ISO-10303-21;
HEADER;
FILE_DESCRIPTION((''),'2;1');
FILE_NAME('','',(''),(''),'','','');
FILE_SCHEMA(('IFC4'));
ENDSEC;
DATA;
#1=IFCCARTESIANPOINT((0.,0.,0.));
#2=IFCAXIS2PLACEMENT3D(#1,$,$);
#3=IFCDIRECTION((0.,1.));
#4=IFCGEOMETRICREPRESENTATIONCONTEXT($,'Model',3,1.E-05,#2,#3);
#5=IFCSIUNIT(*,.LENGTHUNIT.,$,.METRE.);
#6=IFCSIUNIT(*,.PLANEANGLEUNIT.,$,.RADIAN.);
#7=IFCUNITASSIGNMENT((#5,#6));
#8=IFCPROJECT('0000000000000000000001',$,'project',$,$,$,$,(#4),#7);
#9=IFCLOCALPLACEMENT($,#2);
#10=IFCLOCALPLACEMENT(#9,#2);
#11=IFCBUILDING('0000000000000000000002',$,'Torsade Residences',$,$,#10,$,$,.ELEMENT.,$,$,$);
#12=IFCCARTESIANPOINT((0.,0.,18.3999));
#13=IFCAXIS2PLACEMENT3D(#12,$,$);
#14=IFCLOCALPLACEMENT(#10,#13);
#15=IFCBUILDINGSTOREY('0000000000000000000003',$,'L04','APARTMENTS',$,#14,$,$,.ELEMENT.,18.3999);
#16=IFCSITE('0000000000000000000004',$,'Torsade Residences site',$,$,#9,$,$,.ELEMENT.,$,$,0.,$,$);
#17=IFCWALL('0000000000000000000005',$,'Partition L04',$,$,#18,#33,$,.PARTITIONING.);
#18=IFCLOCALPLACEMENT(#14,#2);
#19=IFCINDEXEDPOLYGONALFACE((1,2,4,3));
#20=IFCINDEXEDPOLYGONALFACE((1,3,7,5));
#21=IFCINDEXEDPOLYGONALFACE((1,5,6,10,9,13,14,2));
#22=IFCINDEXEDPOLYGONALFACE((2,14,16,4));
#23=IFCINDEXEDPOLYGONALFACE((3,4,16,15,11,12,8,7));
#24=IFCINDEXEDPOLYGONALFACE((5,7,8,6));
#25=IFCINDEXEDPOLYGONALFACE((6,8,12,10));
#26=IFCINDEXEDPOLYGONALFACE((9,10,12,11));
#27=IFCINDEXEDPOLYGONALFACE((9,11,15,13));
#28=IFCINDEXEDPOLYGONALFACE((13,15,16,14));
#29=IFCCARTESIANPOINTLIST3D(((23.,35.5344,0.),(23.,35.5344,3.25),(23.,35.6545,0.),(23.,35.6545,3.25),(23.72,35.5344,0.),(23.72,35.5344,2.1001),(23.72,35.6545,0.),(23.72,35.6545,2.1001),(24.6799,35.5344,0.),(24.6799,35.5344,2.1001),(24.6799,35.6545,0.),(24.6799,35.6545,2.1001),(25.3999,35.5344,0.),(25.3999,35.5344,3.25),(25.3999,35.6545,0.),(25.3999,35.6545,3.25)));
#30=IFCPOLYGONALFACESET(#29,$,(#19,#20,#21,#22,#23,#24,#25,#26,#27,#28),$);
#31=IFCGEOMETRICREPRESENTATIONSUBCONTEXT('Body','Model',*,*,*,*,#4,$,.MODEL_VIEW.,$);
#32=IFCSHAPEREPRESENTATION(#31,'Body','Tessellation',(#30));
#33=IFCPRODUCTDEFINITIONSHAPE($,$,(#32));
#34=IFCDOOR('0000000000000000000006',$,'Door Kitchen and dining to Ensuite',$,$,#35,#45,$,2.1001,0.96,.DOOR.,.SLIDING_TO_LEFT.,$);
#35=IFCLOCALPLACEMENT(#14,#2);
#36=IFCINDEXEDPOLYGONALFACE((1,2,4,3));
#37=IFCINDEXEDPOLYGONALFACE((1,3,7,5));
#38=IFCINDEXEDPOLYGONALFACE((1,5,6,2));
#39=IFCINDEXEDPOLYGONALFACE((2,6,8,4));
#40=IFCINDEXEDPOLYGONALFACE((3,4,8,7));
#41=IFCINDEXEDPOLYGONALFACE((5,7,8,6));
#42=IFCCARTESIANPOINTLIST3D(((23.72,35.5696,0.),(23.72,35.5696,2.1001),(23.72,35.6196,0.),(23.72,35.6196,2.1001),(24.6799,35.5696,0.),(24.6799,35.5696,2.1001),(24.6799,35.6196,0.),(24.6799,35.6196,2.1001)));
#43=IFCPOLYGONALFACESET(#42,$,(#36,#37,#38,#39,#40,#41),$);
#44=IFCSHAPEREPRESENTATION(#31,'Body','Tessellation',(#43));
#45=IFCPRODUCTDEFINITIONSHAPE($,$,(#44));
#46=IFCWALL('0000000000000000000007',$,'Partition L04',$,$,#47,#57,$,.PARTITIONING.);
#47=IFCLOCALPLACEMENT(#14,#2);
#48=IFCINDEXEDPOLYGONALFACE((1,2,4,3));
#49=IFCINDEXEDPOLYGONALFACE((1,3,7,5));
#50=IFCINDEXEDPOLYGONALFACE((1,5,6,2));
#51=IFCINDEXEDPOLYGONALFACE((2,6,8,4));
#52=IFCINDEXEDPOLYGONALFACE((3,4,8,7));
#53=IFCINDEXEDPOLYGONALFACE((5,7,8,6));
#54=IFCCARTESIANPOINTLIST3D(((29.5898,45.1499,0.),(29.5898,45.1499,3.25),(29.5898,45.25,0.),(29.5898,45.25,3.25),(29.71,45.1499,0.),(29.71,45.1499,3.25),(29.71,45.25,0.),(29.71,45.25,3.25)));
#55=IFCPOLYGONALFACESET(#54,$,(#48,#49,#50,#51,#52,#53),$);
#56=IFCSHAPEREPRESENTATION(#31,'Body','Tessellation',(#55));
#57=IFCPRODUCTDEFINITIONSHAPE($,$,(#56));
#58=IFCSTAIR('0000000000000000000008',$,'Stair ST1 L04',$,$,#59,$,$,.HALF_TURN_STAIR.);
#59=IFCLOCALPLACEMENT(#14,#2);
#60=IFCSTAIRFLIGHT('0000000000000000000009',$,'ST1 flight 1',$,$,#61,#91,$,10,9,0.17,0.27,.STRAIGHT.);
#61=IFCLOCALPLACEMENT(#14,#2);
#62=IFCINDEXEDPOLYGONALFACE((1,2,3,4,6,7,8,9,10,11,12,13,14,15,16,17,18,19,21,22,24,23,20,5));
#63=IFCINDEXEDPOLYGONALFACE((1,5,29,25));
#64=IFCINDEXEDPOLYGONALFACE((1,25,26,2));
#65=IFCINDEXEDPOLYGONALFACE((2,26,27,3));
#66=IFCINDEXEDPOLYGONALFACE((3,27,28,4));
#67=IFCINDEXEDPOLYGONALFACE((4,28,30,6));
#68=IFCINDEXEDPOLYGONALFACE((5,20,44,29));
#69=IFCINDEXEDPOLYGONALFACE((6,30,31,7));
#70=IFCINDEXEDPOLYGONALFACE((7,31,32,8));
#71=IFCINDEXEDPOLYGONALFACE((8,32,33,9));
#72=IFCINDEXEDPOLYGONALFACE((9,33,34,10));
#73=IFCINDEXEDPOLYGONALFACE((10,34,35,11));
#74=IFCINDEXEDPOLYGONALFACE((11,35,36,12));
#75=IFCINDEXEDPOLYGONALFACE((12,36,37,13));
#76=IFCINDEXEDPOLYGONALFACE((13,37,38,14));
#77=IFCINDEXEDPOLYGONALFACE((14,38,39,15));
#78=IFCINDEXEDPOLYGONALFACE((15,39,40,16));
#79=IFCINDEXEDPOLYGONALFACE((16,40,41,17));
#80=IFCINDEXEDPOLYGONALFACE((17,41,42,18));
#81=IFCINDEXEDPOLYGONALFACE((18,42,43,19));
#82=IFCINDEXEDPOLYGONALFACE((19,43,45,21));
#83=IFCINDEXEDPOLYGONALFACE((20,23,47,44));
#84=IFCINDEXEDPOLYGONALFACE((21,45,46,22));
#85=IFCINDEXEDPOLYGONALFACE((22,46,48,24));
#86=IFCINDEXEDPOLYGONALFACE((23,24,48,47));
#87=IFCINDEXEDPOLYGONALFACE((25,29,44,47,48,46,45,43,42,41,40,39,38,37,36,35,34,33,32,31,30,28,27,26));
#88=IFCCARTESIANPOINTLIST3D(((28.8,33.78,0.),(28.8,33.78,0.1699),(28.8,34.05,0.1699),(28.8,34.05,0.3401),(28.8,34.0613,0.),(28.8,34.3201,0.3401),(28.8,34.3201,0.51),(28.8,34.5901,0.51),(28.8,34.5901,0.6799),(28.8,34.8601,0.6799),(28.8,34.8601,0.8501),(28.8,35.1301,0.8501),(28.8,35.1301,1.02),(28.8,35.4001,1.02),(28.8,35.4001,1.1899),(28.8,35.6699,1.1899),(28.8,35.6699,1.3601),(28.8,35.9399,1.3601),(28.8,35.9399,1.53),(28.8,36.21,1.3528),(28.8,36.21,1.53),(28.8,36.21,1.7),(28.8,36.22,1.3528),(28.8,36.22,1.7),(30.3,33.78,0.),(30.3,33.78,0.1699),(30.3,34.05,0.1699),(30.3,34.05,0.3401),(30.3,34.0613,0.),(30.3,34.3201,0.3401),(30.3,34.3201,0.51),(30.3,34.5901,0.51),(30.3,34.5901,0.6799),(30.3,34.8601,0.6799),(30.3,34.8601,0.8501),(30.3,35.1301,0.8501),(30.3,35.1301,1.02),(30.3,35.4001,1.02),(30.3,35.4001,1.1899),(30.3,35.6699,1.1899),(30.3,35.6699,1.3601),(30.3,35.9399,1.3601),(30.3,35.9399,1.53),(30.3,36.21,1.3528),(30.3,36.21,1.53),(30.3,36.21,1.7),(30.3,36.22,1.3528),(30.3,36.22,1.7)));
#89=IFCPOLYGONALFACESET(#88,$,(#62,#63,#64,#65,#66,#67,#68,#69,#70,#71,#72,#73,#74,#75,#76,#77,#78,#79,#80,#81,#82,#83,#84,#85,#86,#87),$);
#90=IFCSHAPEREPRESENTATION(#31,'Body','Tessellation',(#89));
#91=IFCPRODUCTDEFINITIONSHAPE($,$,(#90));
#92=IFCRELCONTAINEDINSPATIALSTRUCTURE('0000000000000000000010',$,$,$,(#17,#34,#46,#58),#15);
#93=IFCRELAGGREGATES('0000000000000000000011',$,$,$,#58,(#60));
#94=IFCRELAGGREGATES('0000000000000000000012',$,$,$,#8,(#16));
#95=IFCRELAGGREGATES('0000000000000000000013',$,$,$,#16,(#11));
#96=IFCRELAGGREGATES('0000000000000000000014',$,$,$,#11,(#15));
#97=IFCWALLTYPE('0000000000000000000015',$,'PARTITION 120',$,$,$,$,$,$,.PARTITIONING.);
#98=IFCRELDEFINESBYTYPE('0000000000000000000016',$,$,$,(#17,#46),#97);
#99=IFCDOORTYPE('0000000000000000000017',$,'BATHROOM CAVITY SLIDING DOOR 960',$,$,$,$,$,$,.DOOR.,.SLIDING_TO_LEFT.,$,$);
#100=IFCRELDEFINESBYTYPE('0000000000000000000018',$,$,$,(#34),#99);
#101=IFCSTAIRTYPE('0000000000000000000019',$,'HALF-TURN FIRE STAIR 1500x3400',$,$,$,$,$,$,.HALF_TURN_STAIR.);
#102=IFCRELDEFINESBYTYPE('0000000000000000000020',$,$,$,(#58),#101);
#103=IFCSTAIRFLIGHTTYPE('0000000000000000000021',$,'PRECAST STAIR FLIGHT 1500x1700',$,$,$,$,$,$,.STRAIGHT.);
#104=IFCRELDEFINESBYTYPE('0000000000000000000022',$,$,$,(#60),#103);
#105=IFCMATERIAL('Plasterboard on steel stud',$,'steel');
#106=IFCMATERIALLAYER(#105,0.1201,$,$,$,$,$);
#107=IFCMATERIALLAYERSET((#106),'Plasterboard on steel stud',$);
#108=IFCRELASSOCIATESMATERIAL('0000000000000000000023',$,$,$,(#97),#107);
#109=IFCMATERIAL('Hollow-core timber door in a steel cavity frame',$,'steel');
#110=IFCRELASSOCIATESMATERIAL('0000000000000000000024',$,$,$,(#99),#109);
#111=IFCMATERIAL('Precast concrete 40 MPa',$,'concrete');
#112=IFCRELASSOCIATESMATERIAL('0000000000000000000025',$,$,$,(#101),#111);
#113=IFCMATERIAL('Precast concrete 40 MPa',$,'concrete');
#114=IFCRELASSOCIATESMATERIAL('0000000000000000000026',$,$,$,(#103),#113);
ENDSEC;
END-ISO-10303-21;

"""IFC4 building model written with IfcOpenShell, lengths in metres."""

from ifc_helpers import new_model, si_unit, direction, frame, frame_2d, origin, place, context, subcontext, project, spatial, polyline, rectangle, outline, extrude, material, layer, layer_set, type_object, element, fill, aggregate, save


model = new_model("IFC4")

# Units and contexts
model_context = context("Model", 3, precision=1e-05, world=origin(), true_north=direction((0.0, 1.0)))
body_context = subcontext(model_context, "Body", "Model", "MODEL_VIEW")
ifc_project = project(units=[si_unit("LENGTHUNIT", "METRE"), si_unit("PLANEANGLEUNIT", "RADIAN")], contexts=[model_context])

# Site, building, storey
site_placement = place(None, origin())
site = spatial("IfcSite", under=ifc_project, at=site_placement, Name="Torsade Residences site", CompositionType="ELEMENT", RefElevation=0.0)
building_placement = place(site_placement, origin())
building = spatial("IfcBuilding", under=site, at=building_placement, Name="Torsade Residences", CompositionType="ELEMENT")
storey_placement = place(building_placement, frame((0.0, 0.0, 18.3999)))
storey = spatial("IfcBuildingStorey", under=building, at=storey_placement, Name="L04", Description="APARTMENTS", CompositionType="ELEMENT", Elevation=18.3999)

# Shared definitions
ifc_material_1 = material(Name="Plasterboard on steel stud", Category="steel")
ifc_layer_1 = layer(ifc_material_1, 0.1201)
ifc_layer_set_1 = layer_set([ifc_layer_1], Name="Plasterboard on steel stud")
wall_type_1 = type_object("IfcWallType", Name="PARTITION 120", PredefinedType="PARTITIONING", material=ifc_layer_set_1)

# Wall, opening, door
wall_1_placement = place(storey_placement, frame((25.3999, 35.5945, 0.0), z_axis=(0.0, 0.0, 1.0), x_axis=(-1.0, 0.0, 0.0)))
wall_1 = element("IfcWall", 1, at=wall_1_placement, inside=storey, type_object=wall_type_1, Name="Partition L04", PredefinedType="PARTITIONING", context=body_context, shape_type="SweptSolid", body=[
    extrude(rectangle(XDim=2.3999, YDim=0.1201, at=frame_2d((1.2, 0.0))), origin(), (0.0, 0.0, 1.0), 3.25),
])
opening_1_placement = place(wall_1_placement, frame((0.72, 0.0, 0.0)))
opening_1 = element("IfcOpeningElement", 2, at=opening_1_placement, cuts=wall_1, PredefinedType="OPENING", context=body_context, shape_type="SweptSolid", body=[
    extrude(rectangle(XDim=0.96, YDim=2.1001, at=frame_2d((0.48, 1.05))), frame((0.0, 0.0701, 0.0), z_axis=(0.0, -1.0, 0.0), x_axis=(1.0, 0.0, 0.0)), (0.0, 0.0, 1.0), 0.1401),
])
ifc_material_2 = material(Name="Hollow-core timber door in a steel cavity frame", Category="steel")
door_type_1 = type_object("IfcDoorType", Name="BATHROOM CAVITY SLIDING DOOR 960", OperationType="SLIDING_TO_LEFT", PredefinedType="DOOR", material=ifc_material_2)
door_1_placement = place(opening_1_placement, origin())
door_1 = element("IfcDoor", 3, at=door_1_placement, inside=storey, type_object=door_type_1, Name="Door Kitchen and dining to Ensuite", OperationType="SLIDING_TO_LEFT", OverallHeight=2.1001, OverallWidth=0.96, PredefinedType="DOOR", context=body_context, shape_type="SweptSolid", body=[
    extrude(rectangle(XDim=0.96, YDim=2.1001, at=frame_2d((0.48, 1.05))), frame((0.0, 0.0249, 0.0), z_axis=(0.0, -1.0, 0.0), x_axis=(1.0, 0.0, 0.0)), (0.0, 0.0, 1.0), 0.05),
])
fill(opening_1, door_1)

# Wall
wall_2_placement = place(storey_placement, frame((29.6499, 45.1499, 0.0), z_axis=(0.0, 0.0, 1.0), x_axis=(0.0, 1.0, 0.0)))
element("IfcWall", 4, at=wall_2_placement, inside=storey, type_object=wall_type_1, Name="Partition L04", PredefinedType="PARTITIONING", context=body_context, shape_type="SweptSolid", body=[
    extrude(rectangle(XDim=0.1001, YDim=0.1201, at=frame_2d((0.05, 0.0))), origin(), (0.0, 0.0, 1.0), 3.25),
])

# Stair, stair flight
ifc_material_3 = material(Name="Precast concrete 40 MPa", Category="concrete")
stair_type = type_object("IfcStairType", Name="HALF-TURN FIRE STAIR 1500x3400", PredefinedType="HALF_TURN_STAIR", material=ifc_material_3)
stair_placement = place(storey_placement, origin())
stair = element("IfcStair", 5, at=stair_placement, inside=storey, type_object=stair_type, Name="Stair ST1 L04", PredefinedType="HALF_TURN_STAIR")
ifc_material_4 = material(Name="Precast concrete 40 MPa", Category="concrete")
stair_flight_type = type_object("IfcStairFlightType", Name="PRECAST STAIR FLIGHT 1500x1700", PredefinedType="STRAIGHT", material=ifc_material_4)
stair_flight_placement = place(storey_placement, frame((29.55, 33.78, 0.0), z_axis=(0.0, 0.0, 1.0), x_axis=(0.0, 1.0, 0.0)))
stair_flight = element("IfcStairFlight", 6, at=stair_flight_placement, type_object=stair_flight_type, Name="ST1 flight 1", NumberOfRisers=10, NumberOfTreads=9, PredefinedType="STRAIGHT", RiserHeight=0.17, TreadLength=0.27, context=body_context, shape_type="SweptSolid", body=[
    extrude(outline(polyline([(0.0, 0.0), (0.0, 0.1699), (0.27, 0.1699), (0.27, 0.3401), (0.54, 0.3401), (0.54, 0.51), (0.8101, 0.51), (0.8101, 0.6799), (1.0801, 0.6799), (1.0801, 0.8501), (1.3501, 0.8501), (1.3501, 1.02), (1.6201, 1.02), (1.6201, 1.1899), (1.8899, 1.1899), (1.8899, 1.3601), (2.1599, 1.3601), (2.1599, 1.53), (2.4299, 1.53), (2.4299, 1.7), (2.4399, 1.7), (2.4399, 1.3528), (2.4299, 1.3528), (0.2812, 0.0), (0.0, 0.0)])), frame((0.0, 0.75, 0.0), z_axis=(0.0, -1.0, 0.0), x_axis=(1.0, 0.0, 0.0)), (0.0, 0.0, 1.0), 1.5),
])
aggregate(stair, [stair_flight])

save(model, "model.ifc")
